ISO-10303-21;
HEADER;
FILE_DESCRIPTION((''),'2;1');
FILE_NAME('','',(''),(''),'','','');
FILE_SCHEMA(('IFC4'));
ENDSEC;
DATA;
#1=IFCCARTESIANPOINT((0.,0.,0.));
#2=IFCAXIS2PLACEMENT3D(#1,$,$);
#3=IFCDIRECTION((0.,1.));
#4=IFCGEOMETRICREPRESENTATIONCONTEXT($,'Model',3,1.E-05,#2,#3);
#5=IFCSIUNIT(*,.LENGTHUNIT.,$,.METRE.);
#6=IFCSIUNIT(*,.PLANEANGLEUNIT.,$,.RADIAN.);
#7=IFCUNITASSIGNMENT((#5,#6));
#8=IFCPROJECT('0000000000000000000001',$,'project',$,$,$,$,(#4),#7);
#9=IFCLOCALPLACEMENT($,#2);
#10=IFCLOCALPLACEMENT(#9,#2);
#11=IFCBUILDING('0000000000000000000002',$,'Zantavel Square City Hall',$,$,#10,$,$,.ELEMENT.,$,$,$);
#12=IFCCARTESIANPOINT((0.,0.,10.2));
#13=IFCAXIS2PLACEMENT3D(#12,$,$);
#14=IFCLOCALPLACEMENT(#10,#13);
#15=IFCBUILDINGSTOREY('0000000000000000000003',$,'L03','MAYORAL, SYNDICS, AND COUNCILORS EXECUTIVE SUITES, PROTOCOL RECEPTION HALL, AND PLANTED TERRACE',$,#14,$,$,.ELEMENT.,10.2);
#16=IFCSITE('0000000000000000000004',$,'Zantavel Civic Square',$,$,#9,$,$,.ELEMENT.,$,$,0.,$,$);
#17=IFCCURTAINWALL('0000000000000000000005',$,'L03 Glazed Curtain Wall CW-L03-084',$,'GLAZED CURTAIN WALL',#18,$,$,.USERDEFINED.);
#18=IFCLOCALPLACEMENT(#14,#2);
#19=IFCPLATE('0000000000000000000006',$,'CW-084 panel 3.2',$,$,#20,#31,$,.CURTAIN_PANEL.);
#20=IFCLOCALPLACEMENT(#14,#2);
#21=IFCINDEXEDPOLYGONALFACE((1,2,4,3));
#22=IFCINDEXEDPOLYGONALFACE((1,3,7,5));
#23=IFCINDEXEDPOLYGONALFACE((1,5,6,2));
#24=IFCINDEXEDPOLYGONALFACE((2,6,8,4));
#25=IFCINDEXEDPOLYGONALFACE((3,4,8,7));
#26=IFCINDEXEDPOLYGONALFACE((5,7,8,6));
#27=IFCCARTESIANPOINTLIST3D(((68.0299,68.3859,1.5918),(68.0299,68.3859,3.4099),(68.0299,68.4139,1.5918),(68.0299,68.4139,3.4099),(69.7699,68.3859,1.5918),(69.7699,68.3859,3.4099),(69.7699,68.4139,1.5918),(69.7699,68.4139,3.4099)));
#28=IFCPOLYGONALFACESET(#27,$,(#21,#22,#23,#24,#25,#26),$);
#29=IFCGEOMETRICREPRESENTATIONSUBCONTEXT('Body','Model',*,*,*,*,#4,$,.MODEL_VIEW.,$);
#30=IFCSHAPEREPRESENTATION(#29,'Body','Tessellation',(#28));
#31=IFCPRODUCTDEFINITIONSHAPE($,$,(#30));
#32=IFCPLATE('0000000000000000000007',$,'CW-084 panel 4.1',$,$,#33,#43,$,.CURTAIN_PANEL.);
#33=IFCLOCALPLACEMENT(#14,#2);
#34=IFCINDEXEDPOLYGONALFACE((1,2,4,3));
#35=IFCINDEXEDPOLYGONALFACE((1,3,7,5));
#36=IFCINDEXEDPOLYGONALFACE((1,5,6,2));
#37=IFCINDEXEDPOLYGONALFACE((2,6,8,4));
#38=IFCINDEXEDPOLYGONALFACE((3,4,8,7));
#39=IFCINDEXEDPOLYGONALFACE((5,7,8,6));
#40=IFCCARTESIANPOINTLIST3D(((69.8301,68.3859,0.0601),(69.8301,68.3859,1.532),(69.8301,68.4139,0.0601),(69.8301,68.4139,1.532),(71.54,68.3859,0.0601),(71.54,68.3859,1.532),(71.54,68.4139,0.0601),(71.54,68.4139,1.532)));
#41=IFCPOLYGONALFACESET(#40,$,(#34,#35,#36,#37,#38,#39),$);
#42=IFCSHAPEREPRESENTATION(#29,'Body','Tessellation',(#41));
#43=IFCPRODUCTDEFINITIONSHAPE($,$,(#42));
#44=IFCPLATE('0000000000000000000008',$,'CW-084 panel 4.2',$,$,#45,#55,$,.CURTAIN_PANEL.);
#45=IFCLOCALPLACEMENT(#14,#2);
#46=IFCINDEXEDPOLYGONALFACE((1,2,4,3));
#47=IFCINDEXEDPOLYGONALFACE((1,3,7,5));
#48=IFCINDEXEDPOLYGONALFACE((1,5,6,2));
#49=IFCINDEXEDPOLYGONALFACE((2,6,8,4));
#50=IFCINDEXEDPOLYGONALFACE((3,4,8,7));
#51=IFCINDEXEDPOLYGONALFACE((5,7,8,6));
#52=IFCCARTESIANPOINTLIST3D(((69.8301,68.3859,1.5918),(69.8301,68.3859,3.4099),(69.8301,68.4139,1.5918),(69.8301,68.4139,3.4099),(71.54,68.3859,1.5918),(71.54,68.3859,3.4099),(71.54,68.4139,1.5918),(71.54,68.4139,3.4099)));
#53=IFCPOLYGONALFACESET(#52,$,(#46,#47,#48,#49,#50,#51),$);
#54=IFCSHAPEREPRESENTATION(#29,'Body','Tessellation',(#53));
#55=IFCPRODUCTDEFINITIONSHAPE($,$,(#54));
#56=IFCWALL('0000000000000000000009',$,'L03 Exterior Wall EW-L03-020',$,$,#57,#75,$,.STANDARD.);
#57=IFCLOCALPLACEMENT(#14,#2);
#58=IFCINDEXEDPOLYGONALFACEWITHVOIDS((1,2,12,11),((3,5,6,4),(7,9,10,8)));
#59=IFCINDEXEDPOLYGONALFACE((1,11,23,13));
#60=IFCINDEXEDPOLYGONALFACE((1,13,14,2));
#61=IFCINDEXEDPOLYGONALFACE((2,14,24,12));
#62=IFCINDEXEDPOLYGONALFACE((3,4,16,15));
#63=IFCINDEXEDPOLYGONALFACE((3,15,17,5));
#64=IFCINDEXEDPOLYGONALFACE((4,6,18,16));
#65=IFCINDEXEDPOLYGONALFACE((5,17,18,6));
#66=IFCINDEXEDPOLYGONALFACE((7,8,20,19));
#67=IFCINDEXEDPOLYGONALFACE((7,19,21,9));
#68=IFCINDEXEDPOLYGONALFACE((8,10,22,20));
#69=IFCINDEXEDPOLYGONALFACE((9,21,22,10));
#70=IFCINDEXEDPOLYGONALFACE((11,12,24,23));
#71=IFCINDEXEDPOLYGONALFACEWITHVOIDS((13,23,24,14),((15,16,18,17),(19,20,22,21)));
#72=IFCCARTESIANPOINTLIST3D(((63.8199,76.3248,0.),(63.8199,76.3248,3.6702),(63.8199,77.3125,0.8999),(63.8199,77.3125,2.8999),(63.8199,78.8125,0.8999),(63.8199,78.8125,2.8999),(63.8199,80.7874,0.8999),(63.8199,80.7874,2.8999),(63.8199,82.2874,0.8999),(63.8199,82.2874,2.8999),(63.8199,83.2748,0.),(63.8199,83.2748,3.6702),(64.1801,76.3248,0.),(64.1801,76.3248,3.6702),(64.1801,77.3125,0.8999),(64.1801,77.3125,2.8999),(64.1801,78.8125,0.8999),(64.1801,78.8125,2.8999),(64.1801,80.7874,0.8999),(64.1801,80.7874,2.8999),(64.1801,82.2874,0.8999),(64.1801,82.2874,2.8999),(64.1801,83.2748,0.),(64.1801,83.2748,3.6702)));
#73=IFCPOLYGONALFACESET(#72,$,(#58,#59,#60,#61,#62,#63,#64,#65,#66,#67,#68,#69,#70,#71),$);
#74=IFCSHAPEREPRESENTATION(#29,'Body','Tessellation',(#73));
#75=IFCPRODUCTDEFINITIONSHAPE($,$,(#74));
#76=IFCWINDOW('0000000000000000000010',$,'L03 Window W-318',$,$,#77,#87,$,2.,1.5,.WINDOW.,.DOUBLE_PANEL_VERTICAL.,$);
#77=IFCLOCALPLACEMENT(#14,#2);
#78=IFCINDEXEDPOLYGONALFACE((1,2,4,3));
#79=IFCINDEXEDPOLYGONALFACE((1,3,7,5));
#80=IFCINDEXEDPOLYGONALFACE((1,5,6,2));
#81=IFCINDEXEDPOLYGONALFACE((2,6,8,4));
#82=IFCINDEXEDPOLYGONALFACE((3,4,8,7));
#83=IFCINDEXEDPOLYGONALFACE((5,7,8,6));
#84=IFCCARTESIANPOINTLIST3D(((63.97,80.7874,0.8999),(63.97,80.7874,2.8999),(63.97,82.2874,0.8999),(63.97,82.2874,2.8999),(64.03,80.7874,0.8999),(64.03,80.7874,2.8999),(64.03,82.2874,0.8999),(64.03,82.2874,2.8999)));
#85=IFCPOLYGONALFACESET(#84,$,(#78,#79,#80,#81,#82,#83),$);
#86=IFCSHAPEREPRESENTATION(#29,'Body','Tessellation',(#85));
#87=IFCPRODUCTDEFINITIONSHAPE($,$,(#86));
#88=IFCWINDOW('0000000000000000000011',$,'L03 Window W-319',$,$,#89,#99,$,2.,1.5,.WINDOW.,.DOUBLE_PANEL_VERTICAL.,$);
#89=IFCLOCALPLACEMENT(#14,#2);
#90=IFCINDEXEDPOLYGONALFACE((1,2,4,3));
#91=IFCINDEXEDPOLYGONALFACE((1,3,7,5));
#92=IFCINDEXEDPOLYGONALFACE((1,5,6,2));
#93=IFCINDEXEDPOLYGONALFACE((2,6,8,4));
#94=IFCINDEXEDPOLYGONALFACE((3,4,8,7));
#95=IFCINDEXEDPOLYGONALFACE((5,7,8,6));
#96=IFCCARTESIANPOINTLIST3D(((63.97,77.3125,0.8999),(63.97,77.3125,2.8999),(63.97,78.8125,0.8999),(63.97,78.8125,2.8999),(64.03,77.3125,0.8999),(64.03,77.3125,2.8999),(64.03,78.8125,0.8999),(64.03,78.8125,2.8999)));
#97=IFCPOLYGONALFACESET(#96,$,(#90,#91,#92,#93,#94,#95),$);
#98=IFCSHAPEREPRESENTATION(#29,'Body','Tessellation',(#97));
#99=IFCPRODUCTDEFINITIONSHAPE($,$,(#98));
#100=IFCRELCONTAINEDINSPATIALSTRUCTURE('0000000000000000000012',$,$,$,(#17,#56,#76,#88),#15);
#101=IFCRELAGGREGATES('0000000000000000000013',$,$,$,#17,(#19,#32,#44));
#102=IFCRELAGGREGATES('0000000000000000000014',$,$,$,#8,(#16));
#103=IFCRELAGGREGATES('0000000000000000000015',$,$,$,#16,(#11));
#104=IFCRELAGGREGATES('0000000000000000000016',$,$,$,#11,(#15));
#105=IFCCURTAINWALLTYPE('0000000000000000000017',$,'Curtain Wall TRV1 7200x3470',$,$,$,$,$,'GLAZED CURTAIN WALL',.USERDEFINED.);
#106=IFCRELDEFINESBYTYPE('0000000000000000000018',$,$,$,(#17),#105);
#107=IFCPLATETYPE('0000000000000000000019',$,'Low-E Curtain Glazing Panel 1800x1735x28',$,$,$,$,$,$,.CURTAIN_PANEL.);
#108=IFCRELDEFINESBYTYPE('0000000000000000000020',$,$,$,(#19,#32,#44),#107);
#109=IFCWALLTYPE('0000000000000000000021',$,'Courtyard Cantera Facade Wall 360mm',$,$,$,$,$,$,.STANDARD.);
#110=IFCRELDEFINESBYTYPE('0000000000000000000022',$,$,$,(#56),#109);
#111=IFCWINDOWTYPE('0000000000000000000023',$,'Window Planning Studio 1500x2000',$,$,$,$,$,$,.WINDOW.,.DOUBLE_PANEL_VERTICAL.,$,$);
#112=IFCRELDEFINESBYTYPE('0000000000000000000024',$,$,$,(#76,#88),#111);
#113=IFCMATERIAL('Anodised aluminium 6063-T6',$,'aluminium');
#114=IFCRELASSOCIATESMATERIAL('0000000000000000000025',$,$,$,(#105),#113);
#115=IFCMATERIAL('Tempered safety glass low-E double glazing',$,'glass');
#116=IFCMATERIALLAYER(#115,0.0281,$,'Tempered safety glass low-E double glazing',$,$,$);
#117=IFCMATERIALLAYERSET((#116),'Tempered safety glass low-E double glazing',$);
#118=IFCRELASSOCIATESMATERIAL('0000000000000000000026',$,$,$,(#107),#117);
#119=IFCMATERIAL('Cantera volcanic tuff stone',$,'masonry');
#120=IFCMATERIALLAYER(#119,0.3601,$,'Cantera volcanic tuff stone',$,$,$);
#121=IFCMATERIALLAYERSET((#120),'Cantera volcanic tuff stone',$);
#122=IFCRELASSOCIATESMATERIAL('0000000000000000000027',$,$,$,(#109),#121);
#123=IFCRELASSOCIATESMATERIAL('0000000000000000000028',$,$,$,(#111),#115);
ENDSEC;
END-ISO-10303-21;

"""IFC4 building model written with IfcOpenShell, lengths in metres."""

from ifc_helpers import new_model, si_unit, direction, frame, frame_2d, origin, origin_2d, place, context, subcontext, project, spatial, rectangle, extrude, material, layer, layer_set, type_object, element, fill, aggregate, save


model = new_model("IFC4")

# Units and contexts
model_context = context("Model", 3, precision=1e-05, world=origin(), true_north=direction((0.0, 1.0)))
body_context = subcontext(model_context, "Body", "Model", "MODEL_VIEW")
ifc_project = project(units=[si_unit("LENGTHUNIT", "METRE"), si_unit("PLANEANGLEUNIT", "RADIAN")], contexts=[model_context])

# Site, building, storey
site_placement = place(None, origin())
site = spatial("IfcSite", under=ifc_project, at=site_placement, Name="Zantavel Civic Square", CompositionType="ELEMENT", RefElevation=0.0)
building_placement = place(site_placement, origin())
building = spatial("IfcBuilding", under=site, at=building_placement, Name="Zantavel Square City Hall", CompositionType="ELEMENT")
storey_placement = place(building_placement, frame((0.0, 0.0, 10.2)))
storey = spatial("IfcBuildingStorey", under=building, at=storey_placement, Name="L03", Description="MAYORAL, SYNDICS, AND COUNCILORS EXECUTIVE SUITES, PROTOCOL RECEPTION HALL, AND PLANTED TERRACE", CompositionType="ELEMENT", Elevation=10.2)

# Curtain wall
ifc_material_1 = material(Name="Anodised aluminium 6063-T6", Category="aluminium")
curtain_wall_type = type_object("IfcCurtainWallType", Name="Curtain Wall TRV1 7200x3470", ElementType="GLAZED CURTAIN WALL", PredefinedType="USERDEFINED", material=ifc_material_1)
curtain_wall_1_placement = place(storey_placement, origin())
curtain_wall_1 = element("IfcCurtainWall", 1, at=curtain_wall_1_placement, inside=storey, type_object=curtain_wall_type, Name="L03 Glazed Curtain Wall CW-L03-084", ObjectType="GLAZED CURTAIN WALL", PredefinedType="USERDEFINED")

# Plates
ifc_material_2 = material(Name="Tempered safety glass low-E double glazing", Category="glass")
ifc_layer_1 = layer(ifc_material_2, 0.0281, Name="Tempered safety glass low-E double glazing")
ifc_layer_set_1 = layer_set([ifc_layer_1], Name="Tempered safety glass low-E double glazing")
plate_type = type_object("IfcPlateType", Name="Low-E Curtain Glazing Panel 1800x1735x28", PredefinedType="CURTAIN_PANEL", material=ifc_layer_set_1)
plate_1_placement = place(storey_placement, frame((68.8999, 68.3999, 1.5918), z_axis=(0.0, 0.0, 1.0), x_axis=(1.0, 0.0, 0.0)))
plate_1 = element("IfcPlate", 2, at=plate_1_placement, type_object=plate_type, Name="CW-084 panel 3.2", PredefinedType="CURTAIN_PANEL", context=body_context, shape_type="SweptSolid", body=[
    extrude(rectangle(XDim=1.74, YDim=0.0281, at=origin_2d()), origin(), (0.0, 0.0, 1.0), 1.8181),
])
plate_2_placement = place(storey_placement, frame((70.6851, 68.3999, 0.0601), z_axis=(0.0, 0.0, 1.0), x_axis=(1.0, 0.0, 0.0)))
plate_2 = element("IfcPlate", 3, at=plate_2_placement, type_object=plate_type, Name="CW-084 panel 4.1", PredefinedType="CURTAIN_PANEL", context=body_context, shape_type="SweptSolid", body=[
    extrude(rectangle(XDim=1.71, YDim=0.0281, at=origin_2d()), origin(), (0.0, 0.0, 1.0), 1.4719),
])
plate_3_placement = place(storey_placement, frame((70.6851, 68.3999, 1.5918), z_axis=(0.0, 0.0, 1.0), x_axis=(1.0, 0.0, 0.0)))
plate_3 = element("IfcPlate", 4, at=plate_3_placement, type_object=plate_type, Name="CW-084 panel 4.2", PredefinedType="CURTAIN_PANEL", context=body_context, shape_type="SweptSolid", body=[
    extrude(rectangle(XDim=1.71, YDim=0.0281, at=origin_2d()), origin(), (0.0, 0.0, 1.0), 1.8181),
])
aggregate(curtain_wall_1, [plate_1, plate_2, plate_3])

# Wall, openings, windows
ifc_material_3 = material(Name="Cantera volcanic tuff stone", Category="masonry")
ifc_layer_2 = layer(ifc_material_3, 0.3601, Name="Cantera volcanic tuff stone")
ifc_layer_set_2 = layer_set([ifc_layer_2], Name="Cantera volcanic tuff stone")
wall_type = type_object("IfcWallType", Name="Courtyard Cantera Facade Wall 360mm", PredefinedType="STANDARD", material=ifc_layer_set_2)
wall_placement = place(storey_placement, frame((64.0, 83.2749, 0.0), z_axis=(0.0, 0.0, 1.0), x_axis=(0.0, -1.0, 0.0)))
wall = element("IfcWall", 5, at=wall_placement, inside=storey, type_object=wall_type, Name="L03 Exterior Wall EW-L03-020", PredefinedType="STANDARD", context=body_context, shape_type="SweptSolid", body=[
    extrude(rectangle(XDim=6.95, YDim=0.3601, at=frame_2d((3.4751, 0.0))), origin(), (0.0, 0.0, 1.0), 3.6702),
])
opening_1_placement = place(wall_placement, frame((0.9875, 0.0, 0.8999)))
opening_1 = element("IfcOpeningElement", 6, at=opening_1_placement, cuts=wall, PredefinedType="OPENING", context=body_context, shape_type="SweptSolid", body=[
    extrude(rectangle(XDim=1.5, YDim=2.0, at=frame_2d((0.75, 1.0))), frame((0.0, 0.1899, 0.0), z_axis=(0.0, -1.0, 0.0), x_axis=(1.0, 0.0, 0.0)), (0.0, 0.0, 1.0), 0.3801),
])
opening_2_placement = place(wall_placement, frame((4.4624, 0.0, 0.8999)))
opening_2 = element("IfcOpeningElement", 7, at=opening_2_placement, cuts=wall, PredefinedType="OPENING", context=body_context, shape_type="SweptSolid", body=[
    extrude(rectangle(XDim=1.5, YDim=2.0, at=frame_2d((0.75, 1.0))), frame((0.0, 0.1899, 0.0), z_axis=(0.0, -1.0, 0.0), x_axis=(1.0, 0.0, 0.0)), (0.0, 0.0, 1.0), 0.3801),
])
window_type = type_object("IfcWindowType", Name="Window Planning Studio 1500x2000", PartitioningType="DOUBLE_PANEL_VERTICAL", PredefinedType="WINDOW", material=ifc_material_2)
window_1_placement = place(opening_1_placement, origin())
window_1 = element("IfcWindow", 8, at=window_1_placement, inside=storey, type_object=window_type, Name="L03 Window W-318", OverallHeight=2.0, OverallWidth=1.5, PartitioningType="DOUBLE_PANEL_VERTICAL", PredefinedType="WINDOW", context=body_context, shape_type="SweptSolid", body=[
    extrude(rectangle(XDim=1.5, YDim=2.0, at=frame_2d((0.75, 1.0))), frame((0.0, 0.03, 0.0), z_axis=(0.0, -1.0, 0.0), x_axis=(1.0, 0.0, 0.0)), (0.0, 0.0, 1.0), 0.0601),
])
fill(opening_1, window_1)
window_2_placement = place(opening_2_placement, origin())
window_2 = element("IfcWindow", 9, at=window_2_placement, inside=storey, type_object=window_type, Name="L03 Window W-319", OverallHeight=2.0, OverallWidth=1.5, PartitioningType="DOUBLE_PANEL_VERTICAL", PredefinedType="WINDOW", context=body_context, shape_type="SweptSolid", body=[
    extrude(rectangle(XDim=1.5, YDim=2.0, at=frame_2d((0.75, 1.0))), frame((0.0, 0.03, 0.0), z_axis=(0.0, -1.0, 0.0), x_axis=(1.0, 0.0, 0.0)), (0.0, 0.0, 1.0), 0.0601),
])
fill(opening_2, window_2)

save(model, "model.ifc")
